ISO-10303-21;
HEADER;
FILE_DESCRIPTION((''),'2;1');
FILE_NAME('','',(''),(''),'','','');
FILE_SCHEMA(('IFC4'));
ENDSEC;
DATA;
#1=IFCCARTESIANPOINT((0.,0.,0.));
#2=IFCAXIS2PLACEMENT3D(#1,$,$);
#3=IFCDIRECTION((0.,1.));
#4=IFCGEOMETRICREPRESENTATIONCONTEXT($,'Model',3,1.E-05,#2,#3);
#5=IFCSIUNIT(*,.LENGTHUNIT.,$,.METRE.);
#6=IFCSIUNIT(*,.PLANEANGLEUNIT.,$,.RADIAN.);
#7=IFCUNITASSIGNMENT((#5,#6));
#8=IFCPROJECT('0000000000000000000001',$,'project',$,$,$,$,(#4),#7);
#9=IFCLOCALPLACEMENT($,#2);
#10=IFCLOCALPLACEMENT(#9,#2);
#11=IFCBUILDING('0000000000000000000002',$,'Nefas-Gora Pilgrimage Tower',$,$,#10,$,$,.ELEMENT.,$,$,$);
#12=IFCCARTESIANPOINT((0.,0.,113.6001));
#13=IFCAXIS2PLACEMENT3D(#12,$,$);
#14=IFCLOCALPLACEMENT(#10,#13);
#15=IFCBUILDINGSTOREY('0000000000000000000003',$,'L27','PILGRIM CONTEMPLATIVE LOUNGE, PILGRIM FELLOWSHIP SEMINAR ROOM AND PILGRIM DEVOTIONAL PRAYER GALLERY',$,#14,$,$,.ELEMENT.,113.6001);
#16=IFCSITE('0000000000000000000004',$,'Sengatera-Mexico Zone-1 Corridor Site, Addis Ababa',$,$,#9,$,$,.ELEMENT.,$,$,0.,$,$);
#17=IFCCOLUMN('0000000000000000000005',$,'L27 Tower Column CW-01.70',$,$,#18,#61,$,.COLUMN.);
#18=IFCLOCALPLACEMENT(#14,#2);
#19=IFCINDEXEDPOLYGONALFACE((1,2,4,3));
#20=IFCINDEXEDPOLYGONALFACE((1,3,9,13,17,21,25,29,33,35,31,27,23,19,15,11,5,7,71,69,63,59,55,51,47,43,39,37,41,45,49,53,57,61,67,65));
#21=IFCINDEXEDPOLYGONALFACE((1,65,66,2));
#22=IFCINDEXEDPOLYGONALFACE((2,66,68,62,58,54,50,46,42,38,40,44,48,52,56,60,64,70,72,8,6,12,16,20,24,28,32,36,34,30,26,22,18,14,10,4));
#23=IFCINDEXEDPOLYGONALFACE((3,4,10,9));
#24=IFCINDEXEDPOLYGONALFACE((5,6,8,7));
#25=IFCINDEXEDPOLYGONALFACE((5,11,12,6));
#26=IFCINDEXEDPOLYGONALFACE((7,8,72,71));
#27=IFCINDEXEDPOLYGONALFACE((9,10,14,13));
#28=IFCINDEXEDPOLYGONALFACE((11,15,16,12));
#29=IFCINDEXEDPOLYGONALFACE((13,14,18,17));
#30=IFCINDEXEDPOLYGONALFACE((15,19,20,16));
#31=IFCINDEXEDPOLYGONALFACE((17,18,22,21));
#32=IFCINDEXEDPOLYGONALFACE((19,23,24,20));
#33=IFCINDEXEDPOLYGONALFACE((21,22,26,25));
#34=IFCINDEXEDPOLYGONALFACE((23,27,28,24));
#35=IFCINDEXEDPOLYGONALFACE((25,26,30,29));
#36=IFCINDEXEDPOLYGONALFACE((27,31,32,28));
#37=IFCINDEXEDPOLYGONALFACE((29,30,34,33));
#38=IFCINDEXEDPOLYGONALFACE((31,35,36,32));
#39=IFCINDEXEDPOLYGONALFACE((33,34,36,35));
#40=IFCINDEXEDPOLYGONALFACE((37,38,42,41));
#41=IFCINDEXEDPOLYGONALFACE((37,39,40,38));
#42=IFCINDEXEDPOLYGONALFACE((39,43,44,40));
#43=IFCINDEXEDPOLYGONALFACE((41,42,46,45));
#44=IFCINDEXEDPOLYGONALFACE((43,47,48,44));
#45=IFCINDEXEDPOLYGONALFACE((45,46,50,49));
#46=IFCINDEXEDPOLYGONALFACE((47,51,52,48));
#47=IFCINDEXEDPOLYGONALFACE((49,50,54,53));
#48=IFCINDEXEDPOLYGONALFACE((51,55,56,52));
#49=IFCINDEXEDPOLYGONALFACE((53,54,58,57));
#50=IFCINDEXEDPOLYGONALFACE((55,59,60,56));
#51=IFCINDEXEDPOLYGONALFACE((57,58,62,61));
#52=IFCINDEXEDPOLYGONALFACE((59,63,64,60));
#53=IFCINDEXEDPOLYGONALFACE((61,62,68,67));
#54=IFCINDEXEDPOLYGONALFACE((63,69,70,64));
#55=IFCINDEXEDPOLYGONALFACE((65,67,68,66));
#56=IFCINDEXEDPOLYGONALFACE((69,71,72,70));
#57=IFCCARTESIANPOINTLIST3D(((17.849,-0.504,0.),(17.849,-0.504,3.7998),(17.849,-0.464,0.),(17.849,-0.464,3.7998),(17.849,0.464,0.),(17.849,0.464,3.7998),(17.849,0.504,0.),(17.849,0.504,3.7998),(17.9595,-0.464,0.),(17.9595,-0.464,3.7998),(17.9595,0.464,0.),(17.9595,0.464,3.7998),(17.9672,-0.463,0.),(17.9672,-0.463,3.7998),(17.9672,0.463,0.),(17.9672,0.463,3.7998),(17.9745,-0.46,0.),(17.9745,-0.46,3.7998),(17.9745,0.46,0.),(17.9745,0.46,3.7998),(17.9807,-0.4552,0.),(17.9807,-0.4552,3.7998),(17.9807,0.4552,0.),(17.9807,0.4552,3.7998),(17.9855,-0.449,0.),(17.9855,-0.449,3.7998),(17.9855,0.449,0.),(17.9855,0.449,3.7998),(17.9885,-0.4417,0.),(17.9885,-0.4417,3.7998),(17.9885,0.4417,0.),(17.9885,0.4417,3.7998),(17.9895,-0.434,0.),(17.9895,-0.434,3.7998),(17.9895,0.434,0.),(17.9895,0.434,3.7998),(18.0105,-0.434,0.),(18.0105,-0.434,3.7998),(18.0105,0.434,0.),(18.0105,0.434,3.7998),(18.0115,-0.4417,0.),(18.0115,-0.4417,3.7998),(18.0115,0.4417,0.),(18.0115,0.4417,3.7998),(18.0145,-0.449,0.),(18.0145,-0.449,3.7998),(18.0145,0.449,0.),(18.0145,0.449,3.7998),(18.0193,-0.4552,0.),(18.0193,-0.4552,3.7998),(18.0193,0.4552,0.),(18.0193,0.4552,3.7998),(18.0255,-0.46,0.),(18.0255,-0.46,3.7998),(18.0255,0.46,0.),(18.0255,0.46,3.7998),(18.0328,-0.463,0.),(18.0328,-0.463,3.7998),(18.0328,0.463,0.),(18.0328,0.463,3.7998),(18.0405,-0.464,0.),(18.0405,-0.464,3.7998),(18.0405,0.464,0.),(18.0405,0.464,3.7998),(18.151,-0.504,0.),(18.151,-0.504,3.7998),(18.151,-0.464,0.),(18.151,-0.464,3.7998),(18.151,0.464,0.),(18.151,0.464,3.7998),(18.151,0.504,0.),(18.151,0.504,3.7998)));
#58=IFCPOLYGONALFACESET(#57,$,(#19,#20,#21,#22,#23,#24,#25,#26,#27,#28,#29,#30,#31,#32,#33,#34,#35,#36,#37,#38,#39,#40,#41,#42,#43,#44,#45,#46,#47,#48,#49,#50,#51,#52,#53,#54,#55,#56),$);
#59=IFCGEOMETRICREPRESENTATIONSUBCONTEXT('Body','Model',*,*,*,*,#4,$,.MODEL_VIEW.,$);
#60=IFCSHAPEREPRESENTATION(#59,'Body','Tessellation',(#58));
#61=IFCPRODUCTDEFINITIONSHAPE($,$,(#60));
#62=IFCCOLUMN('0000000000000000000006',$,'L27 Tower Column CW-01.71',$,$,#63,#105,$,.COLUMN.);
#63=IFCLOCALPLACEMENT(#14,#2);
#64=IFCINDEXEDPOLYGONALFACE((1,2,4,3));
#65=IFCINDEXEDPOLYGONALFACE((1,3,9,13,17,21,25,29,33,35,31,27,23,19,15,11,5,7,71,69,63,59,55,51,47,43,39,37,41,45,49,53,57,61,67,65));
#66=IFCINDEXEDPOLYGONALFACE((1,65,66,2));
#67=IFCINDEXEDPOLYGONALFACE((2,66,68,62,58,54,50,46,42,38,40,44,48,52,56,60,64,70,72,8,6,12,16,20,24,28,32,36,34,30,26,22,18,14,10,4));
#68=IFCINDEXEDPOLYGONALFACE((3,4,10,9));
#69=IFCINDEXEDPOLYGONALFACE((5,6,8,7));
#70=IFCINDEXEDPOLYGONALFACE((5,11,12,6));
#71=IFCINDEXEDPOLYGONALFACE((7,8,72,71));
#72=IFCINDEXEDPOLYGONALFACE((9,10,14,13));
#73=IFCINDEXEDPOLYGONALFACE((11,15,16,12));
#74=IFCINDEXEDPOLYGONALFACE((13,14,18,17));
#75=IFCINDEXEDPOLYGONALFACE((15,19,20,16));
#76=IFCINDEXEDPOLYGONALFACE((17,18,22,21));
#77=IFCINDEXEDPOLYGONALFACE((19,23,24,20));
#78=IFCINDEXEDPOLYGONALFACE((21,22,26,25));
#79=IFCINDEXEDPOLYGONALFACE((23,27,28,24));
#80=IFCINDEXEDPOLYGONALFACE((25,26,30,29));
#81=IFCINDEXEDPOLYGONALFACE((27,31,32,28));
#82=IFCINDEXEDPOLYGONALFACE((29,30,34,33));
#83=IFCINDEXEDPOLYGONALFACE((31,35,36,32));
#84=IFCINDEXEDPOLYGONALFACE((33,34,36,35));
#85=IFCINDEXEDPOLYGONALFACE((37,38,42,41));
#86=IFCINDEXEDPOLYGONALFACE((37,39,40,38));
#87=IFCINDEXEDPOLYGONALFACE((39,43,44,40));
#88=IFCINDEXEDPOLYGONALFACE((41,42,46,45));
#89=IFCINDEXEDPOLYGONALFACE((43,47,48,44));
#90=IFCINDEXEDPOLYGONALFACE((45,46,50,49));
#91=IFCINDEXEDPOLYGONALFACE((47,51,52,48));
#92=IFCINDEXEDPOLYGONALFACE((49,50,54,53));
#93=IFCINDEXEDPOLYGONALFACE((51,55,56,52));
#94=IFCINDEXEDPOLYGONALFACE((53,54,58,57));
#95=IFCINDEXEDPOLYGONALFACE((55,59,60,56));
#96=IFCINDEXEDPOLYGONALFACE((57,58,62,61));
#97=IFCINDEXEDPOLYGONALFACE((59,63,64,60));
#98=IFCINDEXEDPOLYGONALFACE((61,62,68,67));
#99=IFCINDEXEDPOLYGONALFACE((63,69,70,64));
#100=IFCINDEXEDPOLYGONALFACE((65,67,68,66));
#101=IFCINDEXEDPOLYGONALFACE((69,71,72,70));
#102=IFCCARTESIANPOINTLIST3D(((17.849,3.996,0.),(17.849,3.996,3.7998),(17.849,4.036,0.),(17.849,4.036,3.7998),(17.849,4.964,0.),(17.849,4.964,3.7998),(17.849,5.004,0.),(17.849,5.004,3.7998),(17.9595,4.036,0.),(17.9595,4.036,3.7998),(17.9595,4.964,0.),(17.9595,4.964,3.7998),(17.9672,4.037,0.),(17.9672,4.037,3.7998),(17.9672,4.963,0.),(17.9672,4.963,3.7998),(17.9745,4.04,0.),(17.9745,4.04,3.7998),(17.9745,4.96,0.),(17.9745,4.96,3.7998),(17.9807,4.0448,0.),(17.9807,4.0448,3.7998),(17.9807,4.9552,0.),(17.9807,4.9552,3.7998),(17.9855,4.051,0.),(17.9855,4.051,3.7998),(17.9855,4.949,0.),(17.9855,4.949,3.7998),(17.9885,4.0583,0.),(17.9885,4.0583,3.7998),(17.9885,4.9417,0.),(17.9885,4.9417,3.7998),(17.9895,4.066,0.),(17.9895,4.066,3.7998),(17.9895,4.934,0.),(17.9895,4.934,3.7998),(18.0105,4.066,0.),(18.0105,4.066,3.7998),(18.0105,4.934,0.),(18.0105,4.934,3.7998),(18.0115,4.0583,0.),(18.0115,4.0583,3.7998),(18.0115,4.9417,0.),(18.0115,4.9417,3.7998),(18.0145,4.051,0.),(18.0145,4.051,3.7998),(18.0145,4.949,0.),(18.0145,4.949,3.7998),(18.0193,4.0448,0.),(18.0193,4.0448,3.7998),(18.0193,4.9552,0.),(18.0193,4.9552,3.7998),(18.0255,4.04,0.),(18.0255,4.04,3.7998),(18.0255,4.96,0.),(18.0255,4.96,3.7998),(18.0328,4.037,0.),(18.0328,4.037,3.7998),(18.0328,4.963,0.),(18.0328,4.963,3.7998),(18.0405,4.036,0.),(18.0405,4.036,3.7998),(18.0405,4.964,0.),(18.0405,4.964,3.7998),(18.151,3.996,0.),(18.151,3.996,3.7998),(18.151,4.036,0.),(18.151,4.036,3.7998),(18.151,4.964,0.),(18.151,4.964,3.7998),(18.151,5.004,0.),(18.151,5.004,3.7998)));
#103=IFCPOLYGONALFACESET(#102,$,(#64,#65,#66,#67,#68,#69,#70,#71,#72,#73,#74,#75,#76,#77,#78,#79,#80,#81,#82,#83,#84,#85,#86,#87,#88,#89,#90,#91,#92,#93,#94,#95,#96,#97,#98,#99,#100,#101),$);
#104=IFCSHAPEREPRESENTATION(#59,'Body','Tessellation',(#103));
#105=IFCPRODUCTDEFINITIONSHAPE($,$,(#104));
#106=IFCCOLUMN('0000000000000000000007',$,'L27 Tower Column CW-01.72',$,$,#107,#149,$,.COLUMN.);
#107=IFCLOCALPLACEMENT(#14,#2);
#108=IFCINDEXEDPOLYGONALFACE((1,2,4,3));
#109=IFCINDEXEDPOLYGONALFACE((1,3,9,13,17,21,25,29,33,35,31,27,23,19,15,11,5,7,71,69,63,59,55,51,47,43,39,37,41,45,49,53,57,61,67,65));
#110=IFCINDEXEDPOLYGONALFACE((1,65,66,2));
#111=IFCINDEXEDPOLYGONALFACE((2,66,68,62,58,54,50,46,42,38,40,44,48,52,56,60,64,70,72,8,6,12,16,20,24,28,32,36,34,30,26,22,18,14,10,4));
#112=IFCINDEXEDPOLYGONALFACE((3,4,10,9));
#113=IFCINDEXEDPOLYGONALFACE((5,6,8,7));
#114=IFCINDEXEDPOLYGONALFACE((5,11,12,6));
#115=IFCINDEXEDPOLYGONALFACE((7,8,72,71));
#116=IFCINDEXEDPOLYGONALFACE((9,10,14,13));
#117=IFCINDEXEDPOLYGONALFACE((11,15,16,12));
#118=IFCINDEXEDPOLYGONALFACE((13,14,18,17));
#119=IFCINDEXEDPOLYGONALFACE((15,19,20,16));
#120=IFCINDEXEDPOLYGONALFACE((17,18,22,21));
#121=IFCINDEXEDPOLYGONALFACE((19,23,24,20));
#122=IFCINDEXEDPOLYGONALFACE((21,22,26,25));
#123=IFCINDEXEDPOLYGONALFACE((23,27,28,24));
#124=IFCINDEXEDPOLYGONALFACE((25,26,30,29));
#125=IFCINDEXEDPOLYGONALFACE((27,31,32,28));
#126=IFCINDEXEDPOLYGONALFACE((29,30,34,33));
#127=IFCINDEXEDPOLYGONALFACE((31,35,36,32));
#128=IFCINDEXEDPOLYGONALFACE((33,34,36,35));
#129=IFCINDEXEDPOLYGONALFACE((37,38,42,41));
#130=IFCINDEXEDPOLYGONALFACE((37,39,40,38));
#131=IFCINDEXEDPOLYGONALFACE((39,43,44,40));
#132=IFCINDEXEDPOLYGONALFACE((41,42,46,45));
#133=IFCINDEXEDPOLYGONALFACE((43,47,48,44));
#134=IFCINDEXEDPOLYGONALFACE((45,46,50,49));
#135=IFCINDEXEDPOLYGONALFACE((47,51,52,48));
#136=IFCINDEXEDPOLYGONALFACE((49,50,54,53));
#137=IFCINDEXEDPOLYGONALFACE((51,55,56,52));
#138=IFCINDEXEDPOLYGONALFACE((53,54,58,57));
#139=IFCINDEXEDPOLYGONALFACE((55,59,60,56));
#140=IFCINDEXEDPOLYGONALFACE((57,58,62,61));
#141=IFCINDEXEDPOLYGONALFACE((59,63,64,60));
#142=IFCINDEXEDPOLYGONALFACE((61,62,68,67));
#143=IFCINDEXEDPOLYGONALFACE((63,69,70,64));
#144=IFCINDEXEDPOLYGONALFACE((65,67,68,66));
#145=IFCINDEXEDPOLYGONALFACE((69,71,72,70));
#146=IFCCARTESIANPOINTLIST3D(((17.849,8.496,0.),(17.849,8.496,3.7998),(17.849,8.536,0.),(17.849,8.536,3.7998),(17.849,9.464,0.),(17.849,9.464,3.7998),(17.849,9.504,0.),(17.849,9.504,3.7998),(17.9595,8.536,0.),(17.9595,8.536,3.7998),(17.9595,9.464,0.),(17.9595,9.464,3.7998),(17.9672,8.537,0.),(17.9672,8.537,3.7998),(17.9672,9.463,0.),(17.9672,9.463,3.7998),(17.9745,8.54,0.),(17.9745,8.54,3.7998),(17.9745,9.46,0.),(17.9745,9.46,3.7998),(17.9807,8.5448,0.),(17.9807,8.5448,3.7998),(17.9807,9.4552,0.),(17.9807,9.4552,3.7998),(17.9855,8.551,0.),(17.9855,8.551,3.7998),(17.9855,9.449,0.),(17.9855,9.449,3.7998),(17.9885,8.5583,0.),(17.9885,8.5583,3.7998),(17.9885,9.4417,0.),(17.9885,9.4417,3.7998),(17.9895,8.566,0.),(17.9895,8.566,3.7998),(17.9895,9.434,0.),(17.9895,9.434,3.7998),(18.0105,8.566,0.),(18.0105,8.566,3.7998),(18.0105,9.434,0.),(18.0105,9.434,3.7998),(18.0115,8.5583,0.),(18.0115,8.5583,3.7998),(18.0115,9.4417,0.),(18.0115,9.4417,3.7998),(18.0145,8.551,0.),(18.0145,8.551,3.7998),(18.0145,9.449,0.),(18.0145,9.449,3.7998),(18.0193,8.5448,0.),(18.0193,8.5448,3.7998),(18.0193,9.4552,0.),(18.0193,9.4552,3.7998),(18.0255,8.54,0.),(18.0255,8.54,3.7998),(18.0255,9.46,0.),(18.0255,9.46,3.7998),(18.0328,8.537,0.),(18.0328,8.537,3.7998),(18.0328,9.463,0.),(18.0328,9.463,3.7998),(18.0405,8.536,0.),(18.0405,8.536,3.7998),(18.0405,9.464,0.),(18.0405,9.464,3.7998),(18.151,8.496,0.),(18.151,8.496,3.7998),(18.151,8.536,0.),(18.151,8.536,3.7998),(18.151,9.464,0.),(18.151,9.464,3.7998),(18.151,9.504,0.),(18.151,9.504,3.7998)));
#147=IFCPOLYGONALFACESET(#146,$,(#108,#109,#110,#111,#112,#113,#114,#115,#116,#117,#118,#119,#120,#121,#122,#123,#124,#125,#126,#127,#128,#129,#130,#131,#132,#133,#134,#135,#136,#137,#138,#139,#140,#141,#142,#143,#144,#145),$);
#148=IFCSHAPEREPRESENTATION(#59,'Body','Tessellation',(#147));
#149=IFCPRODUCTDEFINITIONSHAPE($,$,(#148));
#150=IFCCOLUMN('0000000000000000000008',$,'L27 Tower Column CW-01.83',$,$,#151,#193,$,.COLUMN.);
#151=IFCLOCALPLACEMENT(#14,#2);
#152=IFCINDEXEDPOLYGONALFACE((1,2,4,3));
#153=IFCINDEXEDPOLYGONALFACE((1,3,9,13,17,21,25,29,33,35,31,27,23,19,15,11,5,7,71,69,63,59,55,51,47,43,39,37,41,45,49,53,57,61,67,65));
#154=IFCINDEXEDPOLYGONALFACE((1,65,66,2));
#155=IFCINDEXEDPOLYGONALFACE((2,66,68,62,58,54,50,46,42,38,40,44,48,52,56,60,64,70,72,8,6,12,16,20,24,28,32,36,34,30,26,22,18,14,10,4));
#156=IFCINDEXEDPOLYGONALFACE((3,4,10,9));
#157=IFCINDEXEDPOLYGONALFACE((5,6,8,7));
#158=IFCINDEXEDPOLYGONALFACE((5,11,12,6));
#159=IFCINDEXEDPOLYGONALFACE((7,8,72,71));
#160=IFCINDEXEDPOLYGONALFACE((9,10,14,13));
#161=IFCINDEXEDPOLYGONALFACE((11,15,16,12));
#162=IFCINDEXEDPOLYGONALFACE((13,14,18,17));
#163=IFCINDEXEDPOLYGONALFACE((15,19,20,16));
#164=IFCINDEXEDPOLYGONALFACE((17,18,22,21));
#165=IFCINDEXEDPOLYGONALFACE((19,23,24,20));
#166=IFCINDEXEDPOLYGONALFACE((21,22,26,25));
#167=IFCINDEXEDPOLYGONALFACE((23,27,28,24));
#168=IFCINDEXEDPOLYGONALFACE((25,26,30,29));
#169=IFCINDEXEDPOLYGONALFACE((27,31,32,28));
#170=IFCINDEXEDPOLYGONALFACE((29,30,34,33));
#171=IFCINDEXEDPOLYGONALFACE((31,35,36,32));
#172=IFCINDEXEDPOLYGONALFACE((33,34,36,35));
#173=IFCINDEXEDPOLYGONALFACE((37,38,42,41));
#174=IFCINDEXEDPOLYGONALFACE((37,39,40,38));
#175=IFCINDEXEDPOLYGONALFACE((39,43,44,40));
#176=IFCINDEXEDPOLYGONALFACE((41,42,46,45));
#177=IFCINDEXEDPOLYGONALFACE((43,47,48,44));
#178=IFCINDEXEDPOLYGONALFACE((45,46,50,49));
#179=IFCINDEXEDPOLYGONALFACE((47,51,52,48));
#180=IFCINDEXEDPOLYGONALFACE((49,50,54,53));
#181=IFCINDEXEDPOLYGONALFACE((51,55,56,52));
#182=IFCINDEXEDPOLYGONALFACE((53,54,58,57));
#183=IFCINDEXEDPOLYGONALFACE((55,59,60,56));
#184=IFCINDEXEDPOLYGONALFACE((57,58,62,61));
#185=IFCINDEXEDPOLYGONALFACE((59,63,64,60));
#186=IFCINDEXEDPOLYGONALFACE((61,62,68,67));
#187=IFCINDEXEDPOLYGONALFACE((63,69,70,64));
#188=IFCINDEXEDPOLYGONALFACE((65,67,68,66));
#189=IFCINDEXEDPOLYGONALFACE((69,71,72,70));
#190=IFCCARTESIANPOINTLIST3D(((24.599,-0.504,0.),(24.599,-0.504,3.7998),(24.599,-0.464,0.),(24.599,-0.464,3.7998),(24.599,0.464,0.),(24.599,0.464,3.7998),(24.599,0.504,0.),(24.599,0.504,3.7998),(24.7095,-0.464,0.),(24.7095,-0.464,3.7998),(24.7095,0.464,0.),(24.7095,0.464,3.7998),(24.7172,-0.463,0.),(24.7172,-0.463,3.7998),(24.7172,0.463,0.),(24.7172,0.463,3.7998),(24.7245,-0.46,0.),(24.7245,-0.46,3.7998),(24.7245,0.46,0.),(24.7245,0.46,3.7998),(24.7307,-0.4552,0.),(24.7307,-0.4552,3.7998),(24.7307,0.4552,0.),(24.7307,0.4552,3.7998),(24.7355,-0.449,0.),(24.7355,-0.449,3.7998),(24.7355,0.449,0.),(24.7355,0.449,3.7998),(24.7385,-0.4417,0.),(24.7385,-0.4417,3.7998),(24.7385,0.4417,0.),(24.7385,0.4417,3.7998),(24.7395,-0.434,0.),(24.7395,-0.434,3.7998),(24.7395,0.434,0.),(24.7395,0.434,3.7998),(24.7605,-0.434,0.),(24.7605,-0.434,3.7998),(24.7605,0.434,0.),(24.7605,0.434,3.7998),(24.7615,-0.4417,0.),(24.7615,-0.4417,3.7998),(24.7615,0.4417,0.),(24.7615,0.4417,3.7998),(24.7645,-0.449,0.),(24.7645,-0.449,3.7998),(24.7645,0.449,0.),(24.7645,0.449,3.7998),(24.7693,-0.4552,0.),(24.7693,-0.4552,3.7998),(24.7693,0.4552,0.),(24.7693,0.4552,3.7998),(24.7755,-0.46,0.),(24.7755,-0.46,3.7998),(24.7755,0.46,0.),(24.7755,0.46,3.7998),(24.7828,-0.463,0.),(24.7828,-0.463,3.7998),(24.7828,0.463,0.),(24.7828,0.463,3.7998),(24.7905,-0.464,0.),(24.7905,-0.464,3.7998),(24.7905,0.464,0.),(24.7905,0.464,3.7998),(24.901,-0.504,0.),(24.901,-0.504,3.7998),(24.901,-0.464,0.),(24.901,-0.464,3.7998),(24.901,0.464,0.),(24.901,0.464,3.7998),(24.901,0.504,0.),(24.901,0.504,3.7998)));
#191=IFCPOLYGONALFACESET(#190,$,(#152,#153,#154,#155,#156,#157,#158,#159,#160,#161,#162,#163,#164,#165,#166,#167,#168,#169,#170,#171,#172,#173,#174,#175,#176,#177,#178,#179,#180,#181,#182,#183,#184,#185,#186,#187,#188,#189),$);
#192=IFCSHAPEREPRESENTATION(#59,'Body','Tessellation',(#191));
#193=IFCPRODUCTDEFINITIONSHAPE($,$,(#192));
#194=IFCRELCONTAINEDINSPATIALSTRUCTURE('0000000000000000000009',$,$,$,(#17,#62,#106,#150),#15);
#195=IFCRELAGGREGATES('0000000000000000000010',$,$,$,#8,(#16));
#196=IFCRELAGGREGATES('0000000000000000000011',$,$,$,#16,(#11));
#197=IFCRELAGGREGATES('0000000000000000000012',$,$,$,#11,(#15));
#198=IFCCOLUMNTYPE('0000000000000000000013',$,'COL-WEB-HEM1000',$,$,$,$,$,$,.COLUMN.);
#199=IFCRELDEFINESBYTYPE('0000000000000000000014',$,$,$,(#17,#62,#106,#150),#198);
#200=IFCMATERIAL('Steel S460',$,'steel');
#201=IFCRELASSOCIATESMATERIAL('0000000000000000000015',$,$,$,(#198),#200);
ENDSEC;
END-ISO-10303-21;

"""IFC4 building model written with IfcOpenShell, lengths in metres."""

from ifc_helpers import new_model, si_unit, direction, frame, origin, origin_2d, place, context, subcontext, project, spatial, i_section, extrude, source, transform, mapped, material, material_profile, profile_set, type_object, element, save


model = new_model("IFC4")

# Units and contexts
model_context = context("Model", 3, precision=1e-05, world=origin(), true_north=direction((0.0, 1.0)))
body_context = subcontext(model_context, "Body", "Model", "MODEL_VIEW")
ifc_project = project(units=[si_unit("LENGTHUNIT", "METRE"), si_unit("PLANEANGLEUNIT", "RADIAN")], contexts=[model_context])

# Site, building, storey
site_placement = place(None, origin())
site = spatial("IfcSite", under=ifc_project, at=site_placement, Name="Sengatera-Mexico Zone-1 Corridor Site, Addis Ababa", CompositionType="ELEMENT", RefElevation=0.0)
building_placement = place(site_placement, origin())
building = spatial("IfcBuilding", under=site, at=building_placement, Name="Nefas-Gora Pilgrimage Tower", CompositionType="ELEMENT")
storey_placement = place(building_placement, frame((0.0, 0.0, 113.6001)))
storey = spatial("IfcBuildingStorey", under=building, at=storey_placement, Name="L27", Description="PILGRIM CONTEMPLATIVE LOUNGE, PILGRIM FELLOWSHIP SEMINAR ROOM AND PILGRIM DEVOTIONAL PRAYER GALLERY", CompositionType="ELEMENT", Elevation=113.6001)

# Columns
ifc_material_1 = material(Name="Steel S460", Category="steel")
ifc_material_profile_1 = material_profile(ifc_material_1, i_section(OverallWidth=0.302, OverallDepth=1.0081, WebThickness=0.021, FlangeThickness=0.04, FilletRadius=0.03, at=origin_2d()), Name="HEM 1000")
ifc_profile_set_1 = profile_set([ifc_material_profile_1], Name="Steel S460")
column_type_1 = type_object("IfcColumnType", Name="COL-WEB-HEM1000", PredefinedType="COLUMN", material=ifc_profile_set_1)
shared_shape_1 = source(origin(), body_context, "Body", "SweptSolid", [
    extrude(i_section(OverallWidth=0.302, OverallDepth=1.0081, WebThickness=0.021, FlangeThickness=0.04, FilletRadius=0.03, at=origin_2d()), origin(), (0.0, 0.0, 1.0), 3.7998),
])
for number, where, z_axis, x_axis, name in (
    (1, (18.0, 0.0, 0.0), (0.0, 0.0, 1.0), (1.0, 0.0, 0.0), "L27 Tower Column CW-01.70"),
    (2, (18.0, 4.5, 0.0), (0.0, 0.0, 1.0), (1.0, 0.0, 0.0), "L27 Tower Column CW-01.71"),
    (3, (18.0, 9.0, 0.0), (0.0, 0.0, 1.0), (1.0, 0.0, 0.0), "L27 Tower Column CW-01.72"),
    (4, (24.75, 0.0, 0.0), (0.0, 0.0, 1.0), (1.0, 0.0, 0.0), "L27 Tower Column CW-01.83"),
):
    element("IfcColumn", number, at=place(storey_placement, frame(where, z_axis=z_axis, x_axis=x_axis)), inside=storey, type_object=column_type_1, Name=name, PredefinedType="COLUMN", context=body_context, shape_type="MappedRepresentation", body=[
        mapped(shared_shape_1, transform((0.0, 0.0, 0.0), x_axis=(1.0, 0.0, 0.0), y_axis=(0.0, 1.0, 0.0), z_axis=(0.0, 0.0, 1.0), scale=1.0)),
    ])

save(model, "model.ifc")
